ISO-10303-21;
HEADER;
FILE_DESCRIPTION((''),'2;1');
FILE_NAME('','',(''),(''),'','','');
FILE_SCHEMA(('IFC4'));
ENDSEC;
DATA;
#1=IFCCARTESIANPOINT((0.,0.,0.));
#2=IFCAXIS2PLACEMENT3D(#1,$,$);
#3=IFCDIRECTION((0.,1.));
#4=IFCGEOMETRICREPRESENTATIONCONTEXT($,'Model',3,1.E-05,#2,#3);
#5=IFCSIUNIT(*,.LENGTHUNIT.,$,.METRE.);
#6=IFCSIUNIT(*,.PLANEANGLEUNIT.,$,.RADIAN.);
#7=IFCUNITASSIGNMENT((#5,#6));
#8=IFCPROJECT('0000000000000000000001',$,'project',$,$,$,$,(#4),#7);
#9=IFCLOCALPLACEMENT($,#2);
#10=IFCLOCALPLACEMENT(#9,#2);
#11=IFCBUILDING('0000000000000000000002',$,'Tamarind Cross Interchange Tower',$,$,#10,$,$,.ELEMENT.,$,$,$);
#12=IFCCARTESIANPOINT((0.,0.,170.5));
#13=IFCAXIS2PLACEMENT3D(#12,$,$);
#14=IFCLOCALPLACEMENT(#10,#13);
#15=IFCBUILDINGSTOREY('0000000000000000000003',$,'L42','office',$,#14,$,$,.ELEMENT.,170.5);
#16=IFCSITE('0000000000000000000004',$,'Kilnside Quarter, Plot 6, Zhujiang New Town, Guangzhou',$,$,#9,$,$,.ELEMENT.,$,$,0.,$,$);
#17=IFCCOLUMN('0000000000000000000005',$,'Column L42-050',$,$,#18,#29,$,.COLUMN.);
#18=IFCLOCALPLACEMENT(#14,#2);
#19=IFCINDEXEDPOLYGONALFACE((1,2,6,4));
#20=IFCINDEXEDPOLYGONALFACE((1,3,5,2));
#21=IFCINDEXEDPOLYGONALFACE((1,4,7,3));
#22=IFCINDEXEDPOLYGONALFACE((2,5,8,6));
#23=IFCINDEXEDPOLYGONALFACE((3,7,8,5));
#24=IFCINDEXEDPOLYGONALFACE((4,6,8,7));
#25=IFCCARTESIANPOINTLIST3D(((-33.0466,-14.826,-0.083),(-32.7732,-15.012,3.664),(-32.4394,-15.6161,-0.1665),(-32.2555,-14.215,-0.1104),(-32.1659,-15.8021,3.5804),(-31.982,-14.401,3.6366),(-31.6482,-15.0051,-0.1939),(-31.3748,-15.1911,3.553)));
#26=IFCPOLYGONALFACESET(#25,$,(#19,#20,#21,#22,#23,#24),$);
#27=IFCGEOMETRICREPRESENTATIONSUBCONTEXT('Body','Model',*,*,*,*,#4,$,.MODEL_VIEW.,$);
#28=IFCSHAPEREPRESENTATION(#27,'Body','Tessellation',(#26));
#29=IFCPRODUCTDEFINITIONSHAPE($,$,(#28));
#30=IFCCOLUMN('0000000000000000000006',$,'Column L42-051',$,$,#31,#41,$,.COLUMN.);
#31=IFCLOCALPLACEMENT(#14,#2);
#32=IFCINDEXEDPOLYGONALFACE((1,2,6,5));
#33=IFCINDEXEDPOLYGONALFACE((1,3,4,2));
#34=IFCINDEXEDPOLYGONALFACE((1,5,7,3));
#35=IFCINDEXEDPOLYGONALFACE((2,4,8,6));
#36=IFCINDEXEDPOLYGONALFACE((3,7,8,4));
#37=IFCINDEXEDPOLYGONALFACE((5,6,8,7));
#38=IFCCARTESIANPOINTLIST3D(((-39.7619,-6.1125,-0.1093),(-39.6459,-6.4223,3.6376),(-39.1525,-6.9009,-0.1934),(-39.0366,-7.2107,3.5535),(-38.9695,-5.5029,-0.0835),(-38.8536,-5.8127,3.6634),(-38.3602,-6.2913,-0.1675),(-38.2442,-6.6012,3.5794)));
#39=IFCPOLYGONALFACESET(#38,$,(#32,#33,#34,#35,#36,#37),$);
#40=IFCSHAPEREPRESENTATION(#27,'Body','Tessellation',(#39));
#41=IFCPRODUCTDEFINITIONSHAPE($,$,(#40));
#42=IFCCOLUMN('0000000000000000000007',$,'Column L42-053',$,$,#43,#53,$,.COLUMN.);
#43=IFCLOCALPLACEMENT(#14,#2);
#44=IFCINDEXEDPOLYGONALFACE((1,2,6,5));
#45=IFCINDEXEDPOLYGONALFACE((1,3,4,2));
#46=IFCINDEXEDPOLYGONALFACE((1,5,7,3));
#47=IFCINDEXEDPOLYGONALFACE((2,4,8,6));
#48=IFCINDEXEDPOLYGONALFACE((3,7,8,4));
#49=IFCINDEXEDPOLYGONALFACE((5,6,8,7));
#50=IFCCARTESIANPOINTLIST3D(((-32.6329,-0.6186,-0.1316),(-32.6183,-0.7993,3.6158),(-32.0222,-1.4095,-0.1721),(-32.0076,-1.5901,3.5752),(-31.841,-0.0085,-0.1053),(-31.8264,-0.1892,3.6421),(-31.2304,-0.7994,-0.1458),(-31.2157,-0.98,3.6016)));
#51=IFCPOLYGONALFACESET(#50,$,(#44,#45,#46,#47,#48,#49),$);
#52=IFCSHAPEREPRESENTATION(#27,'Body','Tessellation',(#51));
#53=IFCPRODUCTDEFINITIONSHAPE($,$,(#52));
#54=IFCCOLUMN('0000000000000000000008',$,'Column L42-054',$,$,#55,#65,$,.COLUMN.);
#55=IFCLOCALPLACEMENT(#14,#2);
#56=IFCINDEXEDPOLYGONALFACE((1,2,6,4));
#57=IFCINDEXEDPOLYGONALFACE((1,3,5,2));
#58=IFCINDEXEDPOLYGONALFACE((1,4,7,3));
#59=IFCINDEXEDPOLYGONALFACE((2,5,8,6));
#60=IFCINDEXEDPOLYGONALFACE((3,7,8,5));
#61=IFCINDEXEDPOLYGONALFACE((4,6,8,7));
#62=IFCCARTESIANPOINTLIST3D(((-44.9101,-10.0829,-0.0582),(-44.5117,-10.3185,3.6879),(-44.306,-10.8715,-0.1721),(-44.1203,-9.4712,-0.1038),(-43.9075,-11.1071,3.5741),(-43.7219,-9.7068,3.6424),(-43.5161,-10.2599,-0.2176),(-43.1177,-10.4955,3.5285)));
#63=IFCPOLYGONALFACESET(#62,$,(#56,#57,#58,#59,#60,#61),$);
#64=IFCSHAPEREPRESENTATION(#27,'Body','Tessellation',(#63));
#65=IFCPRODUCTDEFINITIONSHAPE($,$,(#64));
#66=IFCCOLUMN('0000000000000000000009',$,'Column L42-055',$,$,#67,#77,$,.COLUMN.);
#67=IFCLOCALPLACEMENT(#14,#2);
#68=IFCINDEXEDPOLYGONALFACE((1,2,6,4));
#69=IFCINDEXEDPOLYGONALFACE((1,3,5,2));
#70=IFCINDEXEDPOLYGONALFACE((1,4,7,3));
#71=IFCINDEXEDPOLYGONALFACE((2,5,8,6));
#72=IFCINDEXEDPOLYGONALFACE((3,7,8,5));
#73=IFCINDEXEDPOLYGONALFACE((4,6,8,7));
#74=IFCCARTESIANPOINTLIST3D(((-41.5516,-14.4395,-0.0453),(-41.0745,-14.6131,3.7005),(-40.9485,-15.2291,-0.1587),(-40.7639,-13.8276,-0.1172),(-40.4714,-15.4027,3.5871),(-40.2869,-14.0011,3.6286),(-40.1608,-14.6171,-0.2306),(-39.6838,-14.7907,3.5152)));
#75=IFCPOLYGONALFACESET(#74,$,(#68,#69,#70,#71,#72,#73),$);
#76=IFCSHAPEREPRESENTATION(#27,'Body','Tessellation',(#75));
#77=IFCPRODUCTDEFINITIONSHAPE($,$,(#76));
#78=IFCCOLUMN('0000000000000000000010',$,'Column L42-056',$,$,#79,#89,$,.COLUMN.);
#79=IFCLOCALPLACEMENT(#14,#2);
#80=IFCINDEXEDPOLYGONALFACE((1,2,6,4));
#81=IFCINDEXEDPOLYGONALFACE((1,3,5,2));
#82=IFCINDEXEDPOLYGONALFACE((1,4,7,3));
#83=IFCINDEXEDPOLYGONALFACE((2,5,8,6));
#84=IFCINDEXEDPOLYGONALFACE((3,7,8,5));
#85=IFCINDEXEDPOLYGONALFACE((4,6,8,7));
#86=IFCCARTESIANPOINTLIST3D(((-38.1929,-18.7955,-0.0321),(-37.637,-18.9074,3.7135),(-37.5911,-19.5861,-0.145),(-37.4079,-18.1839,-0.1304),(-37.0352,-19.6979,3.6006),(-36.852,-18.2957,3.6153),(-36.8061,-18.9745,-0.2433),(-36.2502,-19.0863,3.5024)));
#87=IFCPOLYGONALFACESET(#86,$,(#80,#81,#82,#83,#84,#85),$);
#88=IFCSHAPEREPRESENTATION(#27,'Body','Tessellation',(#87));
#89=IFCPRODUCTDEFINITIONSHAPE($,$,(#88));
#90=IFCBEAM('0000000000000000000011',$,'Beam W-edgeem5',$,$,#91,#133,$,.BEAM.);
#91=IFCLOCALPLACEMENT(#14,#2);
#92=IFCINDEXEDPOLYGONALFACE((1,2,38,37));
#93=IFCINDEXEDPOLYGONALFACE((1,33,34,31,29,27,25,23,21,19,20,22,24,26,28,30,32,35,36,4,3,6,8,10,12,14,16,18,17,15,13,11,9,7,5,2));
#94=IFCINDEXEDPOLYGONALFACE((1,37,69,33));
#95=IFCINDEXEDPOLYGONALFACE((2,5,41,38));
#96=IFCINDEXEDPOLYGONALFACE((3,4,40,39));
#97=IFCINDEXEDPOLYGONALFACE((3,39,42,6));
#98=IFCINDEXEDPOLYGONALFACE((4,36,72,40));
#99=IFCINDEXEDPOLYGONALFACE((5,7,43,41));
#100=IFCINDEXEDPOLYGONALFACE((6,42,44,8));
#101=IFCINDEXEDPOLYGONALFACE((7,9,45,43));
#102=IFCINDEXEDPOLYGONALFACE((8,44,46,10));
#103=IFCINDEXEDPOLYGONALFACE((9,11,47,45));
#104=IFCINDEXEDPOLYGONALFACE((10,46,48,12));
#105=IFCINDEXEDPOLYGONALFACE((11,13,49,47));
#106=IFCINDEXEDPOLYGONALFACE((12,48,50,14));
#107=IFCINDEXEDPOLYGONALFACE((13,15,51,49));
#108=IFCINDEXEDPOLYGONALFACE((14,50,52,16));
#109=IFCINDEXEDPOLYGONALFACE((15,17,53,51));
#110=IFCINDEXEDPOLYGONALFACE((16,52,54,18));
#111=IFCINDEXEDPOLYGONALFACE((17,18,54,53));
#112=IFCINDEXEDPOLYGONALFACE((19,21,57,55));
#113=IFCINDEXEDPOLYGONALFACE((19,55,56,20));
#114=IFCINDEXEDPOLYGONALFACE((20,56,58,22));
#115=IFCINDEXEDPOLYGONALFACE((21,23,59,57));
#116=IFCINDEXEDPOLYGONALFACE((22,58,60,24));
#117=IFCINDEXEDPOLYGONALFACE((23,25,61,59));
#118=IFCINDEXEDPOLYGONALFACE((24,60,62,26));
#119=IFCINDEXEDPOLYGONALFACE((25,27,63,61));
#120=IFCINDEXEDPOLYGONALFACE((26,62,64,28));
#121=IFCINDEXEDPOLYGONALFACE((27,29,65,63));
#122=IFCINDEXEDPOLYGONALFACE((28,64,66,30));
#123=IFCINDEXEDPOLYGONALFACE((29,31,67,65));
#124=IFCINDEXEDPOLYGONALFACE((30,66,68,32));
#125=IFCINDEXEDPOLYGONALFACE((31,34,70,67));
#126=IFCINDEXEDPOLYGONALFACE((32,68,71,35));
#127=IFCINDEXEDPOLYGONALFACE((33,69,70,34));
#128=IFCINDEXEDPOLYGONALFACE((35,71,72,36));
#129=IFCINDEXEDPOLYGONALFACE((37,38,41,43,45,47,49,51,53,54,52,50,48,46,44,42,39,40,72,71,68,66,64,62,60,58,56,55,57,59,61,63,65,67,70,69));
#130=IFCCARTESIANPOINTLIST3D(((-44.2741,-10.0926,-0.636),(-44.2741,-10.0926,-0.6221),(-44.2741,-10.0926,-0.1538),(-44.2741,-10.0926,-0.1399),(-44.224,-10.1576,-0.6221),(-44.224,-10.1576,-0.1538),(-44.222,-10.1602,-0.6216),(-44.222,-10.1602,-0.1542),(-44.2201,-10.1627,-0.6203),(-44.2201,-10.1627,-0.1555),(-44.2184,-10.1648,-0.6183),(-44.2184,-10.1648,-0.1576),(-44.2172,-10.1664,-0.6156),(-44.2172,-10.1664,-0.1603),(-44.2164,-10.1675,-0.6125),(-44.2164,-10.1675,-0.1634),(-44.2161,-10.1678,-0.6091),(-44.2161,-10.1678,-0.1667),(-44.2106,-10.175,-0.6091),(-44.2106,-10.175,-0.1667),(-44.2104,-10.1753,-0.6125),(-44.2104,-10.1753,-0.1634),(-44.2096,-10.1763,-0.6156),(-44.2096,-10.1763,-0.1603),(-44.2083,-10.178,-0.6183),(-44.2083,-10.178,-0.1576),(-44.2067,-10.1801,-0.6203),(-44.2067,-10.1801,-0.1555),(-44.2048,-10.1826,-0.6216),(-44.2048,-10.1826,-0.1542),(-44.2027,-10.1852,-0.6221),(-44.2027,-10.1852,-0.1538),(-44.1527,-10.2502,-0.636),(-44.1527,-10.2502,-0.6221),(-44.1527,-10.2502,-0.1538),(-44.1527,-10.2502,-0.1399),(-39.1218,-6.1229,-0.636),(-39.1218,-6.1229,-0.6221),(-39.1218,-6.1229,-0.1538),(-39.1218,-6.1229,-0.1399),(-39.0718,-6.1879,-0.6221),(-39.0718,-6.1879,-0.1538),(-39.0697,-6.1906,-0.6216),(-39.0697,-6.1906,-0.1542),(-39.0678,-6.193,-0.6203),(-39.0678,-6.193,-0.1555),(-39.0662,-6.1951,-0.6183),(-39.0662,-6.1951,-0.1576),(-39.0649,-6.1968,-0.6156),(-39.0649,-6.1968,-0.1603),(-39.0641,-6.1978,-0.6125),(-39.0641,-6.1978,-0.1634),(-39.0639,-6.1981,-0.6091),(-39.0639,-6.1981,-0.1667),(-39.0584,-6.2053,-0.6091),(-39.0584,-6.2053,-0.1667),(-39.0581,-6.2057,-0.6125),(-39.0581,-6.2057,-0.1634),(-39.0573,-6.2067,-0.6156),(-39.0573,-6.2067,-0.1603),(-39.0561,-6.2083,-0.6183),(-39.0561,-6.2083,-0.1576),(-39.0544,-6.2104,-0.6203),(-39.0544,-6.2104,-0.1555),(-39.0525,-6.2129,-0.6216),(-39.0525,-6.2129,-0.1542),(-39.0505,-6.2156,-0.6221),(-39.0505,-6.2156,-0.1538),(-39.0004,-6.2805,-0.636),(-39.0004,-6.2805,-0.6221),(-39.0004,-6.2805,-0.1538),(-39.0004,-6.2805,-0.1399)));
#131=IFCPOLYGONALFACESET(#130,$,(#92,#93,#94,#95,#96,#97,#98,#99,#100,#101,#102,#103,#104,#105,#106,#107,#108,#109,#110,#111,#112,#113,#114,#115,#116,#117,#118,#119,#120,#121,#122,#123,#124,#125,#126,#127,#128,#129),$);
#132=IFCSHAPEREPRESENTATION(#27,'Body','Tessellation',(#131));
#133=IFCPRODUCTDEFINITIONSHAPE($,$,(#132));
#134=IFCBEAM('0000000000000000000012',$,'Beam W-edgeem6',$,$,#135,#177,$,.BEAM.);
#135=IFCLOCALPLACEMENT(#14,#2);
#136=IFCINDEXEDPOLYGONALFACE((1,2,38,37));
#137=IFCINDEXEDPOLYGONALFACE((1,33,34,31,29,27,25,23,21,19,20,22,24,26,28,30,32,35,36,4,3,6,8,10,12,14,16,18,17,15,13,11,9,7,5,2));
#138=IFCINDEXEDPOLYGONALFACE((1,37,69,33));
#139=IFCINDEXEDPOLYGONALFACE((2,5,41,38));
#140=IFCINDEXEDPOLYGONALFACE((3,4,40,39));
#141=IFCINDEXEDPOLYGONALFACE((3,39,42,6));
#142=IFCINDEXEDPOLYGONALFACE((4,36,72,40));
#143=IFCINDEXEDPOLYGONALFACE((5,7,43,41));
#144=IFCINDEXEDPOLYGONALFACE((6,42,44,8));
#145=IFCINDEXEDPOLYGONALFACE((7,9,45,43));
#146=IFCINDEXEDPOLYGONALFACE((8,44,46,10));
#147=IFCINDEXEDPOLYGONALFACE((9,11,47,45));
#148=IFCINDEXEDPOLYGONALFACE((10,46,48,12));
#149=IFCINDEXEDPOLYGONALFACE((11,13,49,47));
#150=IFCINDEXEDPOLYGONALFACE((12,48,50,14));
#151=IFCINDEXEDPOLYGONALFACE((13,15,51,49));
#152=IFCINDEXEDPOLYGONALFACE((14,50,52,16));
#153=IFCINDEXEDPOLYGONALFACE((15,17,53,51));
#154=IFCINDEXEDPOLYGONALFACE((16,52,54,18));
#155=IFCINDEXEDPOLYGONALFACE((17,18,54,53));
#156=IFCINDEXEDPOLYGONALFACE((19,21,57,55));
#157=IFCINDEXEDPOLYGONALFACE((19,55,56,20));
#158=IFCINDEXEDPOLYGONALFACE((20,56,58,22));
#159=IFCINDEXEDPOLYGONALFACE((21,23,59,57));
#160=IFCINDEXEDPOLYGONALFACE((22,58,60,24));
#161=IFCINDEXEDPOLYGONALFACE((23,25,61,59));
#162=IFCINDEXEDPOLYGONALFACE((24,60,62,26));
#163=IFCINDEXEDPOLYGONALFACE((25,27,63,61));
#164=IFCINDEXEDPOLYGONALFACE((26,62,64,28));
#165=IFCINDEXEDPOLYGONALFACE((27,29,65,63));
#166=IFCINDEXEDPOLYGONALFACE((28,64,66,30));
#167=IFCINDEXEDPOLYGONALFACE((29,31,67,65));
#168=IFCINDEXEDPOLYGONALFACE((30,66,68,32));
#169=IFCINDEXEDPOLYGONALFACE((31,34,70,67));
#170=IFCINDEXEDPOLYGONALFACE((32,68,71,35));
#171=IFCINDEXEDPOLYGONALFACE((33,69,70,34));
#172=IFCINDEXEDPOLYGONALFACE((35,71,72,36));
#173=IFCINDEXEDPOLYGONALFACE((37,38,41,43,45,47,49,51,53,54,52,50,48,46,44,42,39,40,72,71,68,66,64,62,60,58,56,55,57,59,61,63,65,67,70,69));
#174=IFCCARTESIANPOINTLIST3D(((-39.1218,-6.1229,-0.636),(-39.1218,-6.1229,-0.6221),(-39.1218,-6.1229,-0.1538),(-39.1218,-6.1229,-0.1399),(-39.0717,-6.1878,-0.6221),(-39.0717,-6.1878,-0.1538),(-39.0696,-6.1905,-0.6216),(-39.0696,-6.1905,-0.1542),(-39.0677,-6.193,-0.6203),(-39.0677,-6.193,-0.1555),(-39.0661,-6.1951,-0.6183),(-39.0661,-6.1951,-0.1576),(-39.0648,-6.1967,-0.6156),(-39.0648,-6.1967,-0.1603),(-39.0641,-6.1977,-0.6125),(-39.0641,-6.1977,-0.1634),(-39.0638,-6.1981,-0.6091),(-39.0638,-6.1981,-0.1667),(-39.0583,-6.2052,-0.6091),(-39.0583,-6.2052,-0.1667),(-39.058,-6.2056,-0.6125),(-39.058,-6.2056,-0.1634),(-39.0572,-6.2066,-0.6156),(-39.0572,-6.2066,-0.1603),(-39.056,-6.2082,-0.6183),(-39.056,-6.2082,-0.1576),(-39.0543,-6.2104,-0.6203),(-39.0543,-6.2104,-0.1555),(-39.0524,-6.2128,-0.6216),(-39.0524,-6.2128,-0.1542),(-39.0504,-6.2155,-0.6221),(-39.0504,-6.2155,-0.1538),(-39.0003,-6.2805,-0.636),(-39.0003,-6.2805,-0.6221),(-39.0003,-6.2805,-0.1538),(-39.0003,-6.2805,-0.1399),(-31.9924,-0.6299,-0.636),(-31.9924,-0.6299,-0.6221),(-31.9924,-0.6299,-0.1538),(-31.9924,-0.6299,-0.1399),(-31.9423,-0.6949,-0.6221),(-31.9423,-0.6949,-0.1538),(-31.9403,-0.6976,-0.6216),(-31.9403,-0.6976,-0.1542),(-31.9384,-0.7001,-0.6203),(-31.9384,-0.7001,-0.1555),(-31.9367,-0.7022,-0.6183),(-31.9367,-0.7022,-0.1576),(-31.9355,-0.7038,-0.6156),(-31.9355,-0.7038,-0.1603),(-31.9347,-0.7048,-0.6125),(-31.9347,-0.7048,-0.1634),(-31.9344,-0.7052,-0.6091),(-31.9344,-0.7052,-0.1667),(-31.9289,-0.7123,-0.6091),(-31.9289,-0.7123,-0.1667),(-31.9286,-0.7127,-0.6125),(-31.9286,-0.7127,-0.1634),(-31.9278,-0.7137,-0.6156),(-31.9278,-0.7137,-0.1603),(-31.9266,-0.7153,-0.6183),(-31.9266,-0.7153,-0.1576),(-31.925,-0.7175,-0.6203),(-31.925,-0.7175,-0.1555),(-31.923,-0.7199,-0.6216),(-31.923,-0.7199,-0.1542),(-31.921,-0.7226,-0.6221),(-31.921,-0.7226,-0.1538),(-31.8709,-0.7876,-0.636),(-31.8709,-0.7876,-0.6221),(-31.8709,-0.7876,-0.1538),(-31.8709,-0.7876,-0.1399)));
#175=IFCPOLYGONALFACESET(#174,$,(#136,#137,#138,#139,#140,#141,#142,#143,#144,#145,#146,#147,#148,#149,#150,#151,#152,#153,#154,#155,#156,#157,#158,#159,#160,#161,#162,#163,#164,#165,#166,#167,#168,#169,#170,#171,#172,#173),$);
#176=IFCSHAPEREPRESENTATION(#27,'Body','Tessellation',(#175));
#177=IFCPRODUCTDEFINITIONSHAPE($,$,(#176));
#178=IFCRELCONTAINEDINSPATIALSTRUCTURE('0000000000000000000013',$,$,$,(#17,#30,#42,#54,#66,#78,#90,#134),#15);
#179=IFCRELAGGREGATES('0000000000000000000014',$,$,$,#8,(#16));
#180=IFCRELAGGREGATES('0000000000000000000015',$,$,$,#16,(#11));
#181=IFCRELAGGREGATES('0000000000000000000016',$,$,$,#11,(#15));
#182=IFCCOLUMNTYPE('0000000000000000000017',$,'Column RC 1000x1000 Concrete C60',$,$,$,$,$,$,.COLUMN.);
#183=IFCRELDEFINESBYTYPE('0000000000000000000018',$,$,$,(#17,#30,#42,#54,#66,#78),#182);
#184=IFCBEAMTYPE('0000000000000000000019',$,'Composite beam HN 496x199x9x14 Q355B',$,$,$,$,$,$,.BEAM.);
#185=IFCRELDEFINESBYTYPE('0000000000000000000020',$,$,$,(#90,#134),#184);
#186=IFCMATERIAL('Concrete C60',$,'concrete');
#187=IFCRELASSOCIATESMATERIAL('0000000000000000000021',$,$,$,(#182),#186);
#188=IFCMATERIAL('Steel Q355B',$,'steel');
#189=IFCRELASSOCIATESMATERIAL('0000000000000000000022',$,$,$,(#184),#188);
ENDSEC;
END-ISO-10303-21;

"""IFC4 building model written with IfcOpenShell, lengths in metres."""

from ifc_helpers import new_model, si_unit, direction, frame, origin, origin_2d, place, context, subcontext, project, spatial, rectangle, i_section, extrude, material, material_profile, profile_set, type_object, element, save


model = new_model("IFC4")

# Units and contexts
model_context = context("Model", 3, precision=1e-05, world=origin(), true_north=direction((0.0, 1.0)))
body_context = subcontext(model_context, "Body", "Model", "MODEL_VIEW")
ifc_project = project(units=[si_unit("LENGTHUNIT", "METRE"), si_unit("PLANEANGLEUNIT", "RADIAN")], contexts=[model_context])

# Site, building, storey
site_placement = place(None, origin())
site = spatial("IfcSite", under=ifc_project, at=site_placement, Name="Kilnside Quarter, Plot 6, Zhujiang New Town, Guangzhou", CompositionType="ELEMENT", RefElevation=0.0)
building_placement = place(site_placement, origin())
building = spatial("IfcBuilding", under=site, at=building_placement, Name="Tamarind Cross Interchange Tower", CompositionType="ELEMENT")
storey_placement = place(building_placement, frame((0.0, 0.0, 170.5)))
storey = spatial("IfcBuildingStorey", under=building, at=storey_placement, Name="L42", Description="office", CompositionType="ELEMENT", Elevation=170.5)

# Columns
ifc_material_1 = material(Name="Concrete C60", Category="concrete")
ifc_material_profile_1 = material_profile(ifc_material_1, rectangle(XDim=1.0, YDim=1.0, at=origin_2d()), Name="RC 1000x1000")
ifc_profile_set_1 = profile_set([ifc_material_profile_1], Name="Concrete C60")
column_type = type_object("IfcColumnType", Name="Column RC 1000x1000 Concrete C60", PredefinedType="COLUMN", material=ifc_profile_set_1)
for number, where, z_axis, x_axis, name in (
    (1, (-32.3474, -14.9155, -0.1384), (0.072696, -0.049459, 0.996127), (-0.607261, 0.790098, 0.083546), "Column L42-050"),
    (2, (-39.061, -6.2019, -0.1384), (0.030831, -0.082367, 0.996125), (0.792312, 0.609567, 0.025881), "Column L42-051"),
):
    element("IfcColumn", number, at=place(storey_placement, frame(where, z_axis=z_axis, x_axis=x_axis)), inside=storey, type_object=column_type, Name=name, PredefinedType="COLUMN", context=body_context, shape_type="SweptSolid", body=[
        extrude(rectangle(XDim=1.0, YDim=1.0, at=origin_2d()), origin(), (0.0, 0.0, 1.0), 3.7615),
    ])
column_1_placement = place(storey_placement, frame((-31.9316, -0.709, -0.1387), z_axis=(0.003904, -0.048155, 0.998832), x_axis=(0.791877, 0.610113, 0.026319)))
element("IfcColumn", 3, at=column_1_placement, inside=storey, type_object=column_type, Name="Column L42-053", PredefinedType="COLUMN", context=body_context, shape_type="SweptSolid", body=[
    extrude(rectangle(XDim=1.0, YDim=1.0, at=origin_2d()), origin(), (0.0, 0.0, 1.0), 3.7517),
])
column_2_placement = place(storey_placement, frame((-44.2131, -10.1714, -0.1379), z_axis=(0.105558, -0.062416, 0.992452), x_axis=(-0.604179, 0.788672, 0.113861)))
element("IfcColumn", 4, at=column_2_placement, inside=storey, type_object=column_type, Name="Column L42-054", PredefinedType="COLUMN", context=body_context, shape_type="SweptSolid", body=[
    extrude(rectangle(XDim=1.0, YDim=1.0, at=origin_2d()), origin(), (0.0, 0.0, 1.0), 3.7747),
])
column_3_placement = place(storey_placement, frame((-40.8562, -14.5283, -0.1379), z_axis=(0.126201, -0.045921, 0.990941), x_axis=(-0.603096, 0.789567, 0.113396)))
element("IfcColumn", 5, at=column_3_placement, inside=storey, type_object=column_type, Name="Column L42-055", PredefinedType="COLUMN", context=body_context, shape_type="SweptSolid", body=[
    extrude(rectangle(XDim=1.0, YDim=1.0, at=origin_2d()), origin(), (0.0, 0.0, 1.0), 3.78),
])
column_4_placement = place(storey_placement, frame((-37.4995, -18.885, -0.1377), z_axis=(0.146744, -0.029516, 0.988734), x_axis=(-0.601849, 0.790586, 0.112925)))
element("IfcColumn", 6, at=column_4_placement, inside=storey, type_object=column_type, Name="Column L42-056", PredefinedType="COLUMN", context=body_context, shape_type="SweptSolid", body=[
    extrude(rectangle(XDim=1.0, YDim=1.0, at=origin_2d()), origin(), (0.0, 0.0, 1.0), 3.7883),
])

# Beams
ifc_material_2 = material(Name="Steel Q355B", Category="steel")
ifc_material_profile_2 = material_profile(ifc_material_2, i_section(OverallWidth=0.199, OverallDepth=0.4961, WebThickness=0.009, FlangeThickness=0.0139, FilletRadius=0.0129, at=origin_2d()), Name="HN 496x199x9x14")
ifc_profile_set_2 = profile_set([ifc_material_profile_2], Name="Steel Q355B")
beam_type_1 = type_object("IfcBeamType", Name="Composite beam HN 496x199x9x14 Q355B", PredefinedType="BEAM", material=ifc_profile_set_2)
beam_1_placement = place(storey_placement, frame((-44.2134, -10.1714, -0.3879), z_axis=(0.792149, 0.610327, 0.0), x_axis=(-0.610327, 0.792149, 0.0)))
element("IfcBeam", 7, at=beam_1_placement, inside=storey, type_object=beam_type_1, Name="Beam W-edgeem5", PredefinedType="BEAM", context=body_context, shape_type="SweptSolid", body=[
    extrude(i_section(OverallWidth=0.199, OverallDepth=0.4961, WebThickness=0.009, FlangeThickness=0.0139, FilletRadius=0.0129, at=origin_2d()), origin(), (0.0, 0.0, 1.0), 6.5042),
])
beam_2_placement = place(storey_placement, frame((-39.061, -6.2017, -0.3879), z_axis=(0.792153, 0.610323, 0.0), x_axis=(-0.610323, 0.792153, 0.0)))
element("IfcBeam", 8, at=beam_2_placement, inside=storey, type_object=beam_type_1, Name="Beam W-edgeem6", PredefinedType="BEAM", context=body_context, shape_type="SweptSolid", body=[
    extrude(i_section(OverallWidth=0.199, OverallDepth=0.4961, WebThickness=0.009, FlangeThickness=0.0139, FilletRadius=0.0129, at=origin_2d()), origin(), (0.0, 0.0, 1.0), 9.0),
])

save(model, "model.ifc")
